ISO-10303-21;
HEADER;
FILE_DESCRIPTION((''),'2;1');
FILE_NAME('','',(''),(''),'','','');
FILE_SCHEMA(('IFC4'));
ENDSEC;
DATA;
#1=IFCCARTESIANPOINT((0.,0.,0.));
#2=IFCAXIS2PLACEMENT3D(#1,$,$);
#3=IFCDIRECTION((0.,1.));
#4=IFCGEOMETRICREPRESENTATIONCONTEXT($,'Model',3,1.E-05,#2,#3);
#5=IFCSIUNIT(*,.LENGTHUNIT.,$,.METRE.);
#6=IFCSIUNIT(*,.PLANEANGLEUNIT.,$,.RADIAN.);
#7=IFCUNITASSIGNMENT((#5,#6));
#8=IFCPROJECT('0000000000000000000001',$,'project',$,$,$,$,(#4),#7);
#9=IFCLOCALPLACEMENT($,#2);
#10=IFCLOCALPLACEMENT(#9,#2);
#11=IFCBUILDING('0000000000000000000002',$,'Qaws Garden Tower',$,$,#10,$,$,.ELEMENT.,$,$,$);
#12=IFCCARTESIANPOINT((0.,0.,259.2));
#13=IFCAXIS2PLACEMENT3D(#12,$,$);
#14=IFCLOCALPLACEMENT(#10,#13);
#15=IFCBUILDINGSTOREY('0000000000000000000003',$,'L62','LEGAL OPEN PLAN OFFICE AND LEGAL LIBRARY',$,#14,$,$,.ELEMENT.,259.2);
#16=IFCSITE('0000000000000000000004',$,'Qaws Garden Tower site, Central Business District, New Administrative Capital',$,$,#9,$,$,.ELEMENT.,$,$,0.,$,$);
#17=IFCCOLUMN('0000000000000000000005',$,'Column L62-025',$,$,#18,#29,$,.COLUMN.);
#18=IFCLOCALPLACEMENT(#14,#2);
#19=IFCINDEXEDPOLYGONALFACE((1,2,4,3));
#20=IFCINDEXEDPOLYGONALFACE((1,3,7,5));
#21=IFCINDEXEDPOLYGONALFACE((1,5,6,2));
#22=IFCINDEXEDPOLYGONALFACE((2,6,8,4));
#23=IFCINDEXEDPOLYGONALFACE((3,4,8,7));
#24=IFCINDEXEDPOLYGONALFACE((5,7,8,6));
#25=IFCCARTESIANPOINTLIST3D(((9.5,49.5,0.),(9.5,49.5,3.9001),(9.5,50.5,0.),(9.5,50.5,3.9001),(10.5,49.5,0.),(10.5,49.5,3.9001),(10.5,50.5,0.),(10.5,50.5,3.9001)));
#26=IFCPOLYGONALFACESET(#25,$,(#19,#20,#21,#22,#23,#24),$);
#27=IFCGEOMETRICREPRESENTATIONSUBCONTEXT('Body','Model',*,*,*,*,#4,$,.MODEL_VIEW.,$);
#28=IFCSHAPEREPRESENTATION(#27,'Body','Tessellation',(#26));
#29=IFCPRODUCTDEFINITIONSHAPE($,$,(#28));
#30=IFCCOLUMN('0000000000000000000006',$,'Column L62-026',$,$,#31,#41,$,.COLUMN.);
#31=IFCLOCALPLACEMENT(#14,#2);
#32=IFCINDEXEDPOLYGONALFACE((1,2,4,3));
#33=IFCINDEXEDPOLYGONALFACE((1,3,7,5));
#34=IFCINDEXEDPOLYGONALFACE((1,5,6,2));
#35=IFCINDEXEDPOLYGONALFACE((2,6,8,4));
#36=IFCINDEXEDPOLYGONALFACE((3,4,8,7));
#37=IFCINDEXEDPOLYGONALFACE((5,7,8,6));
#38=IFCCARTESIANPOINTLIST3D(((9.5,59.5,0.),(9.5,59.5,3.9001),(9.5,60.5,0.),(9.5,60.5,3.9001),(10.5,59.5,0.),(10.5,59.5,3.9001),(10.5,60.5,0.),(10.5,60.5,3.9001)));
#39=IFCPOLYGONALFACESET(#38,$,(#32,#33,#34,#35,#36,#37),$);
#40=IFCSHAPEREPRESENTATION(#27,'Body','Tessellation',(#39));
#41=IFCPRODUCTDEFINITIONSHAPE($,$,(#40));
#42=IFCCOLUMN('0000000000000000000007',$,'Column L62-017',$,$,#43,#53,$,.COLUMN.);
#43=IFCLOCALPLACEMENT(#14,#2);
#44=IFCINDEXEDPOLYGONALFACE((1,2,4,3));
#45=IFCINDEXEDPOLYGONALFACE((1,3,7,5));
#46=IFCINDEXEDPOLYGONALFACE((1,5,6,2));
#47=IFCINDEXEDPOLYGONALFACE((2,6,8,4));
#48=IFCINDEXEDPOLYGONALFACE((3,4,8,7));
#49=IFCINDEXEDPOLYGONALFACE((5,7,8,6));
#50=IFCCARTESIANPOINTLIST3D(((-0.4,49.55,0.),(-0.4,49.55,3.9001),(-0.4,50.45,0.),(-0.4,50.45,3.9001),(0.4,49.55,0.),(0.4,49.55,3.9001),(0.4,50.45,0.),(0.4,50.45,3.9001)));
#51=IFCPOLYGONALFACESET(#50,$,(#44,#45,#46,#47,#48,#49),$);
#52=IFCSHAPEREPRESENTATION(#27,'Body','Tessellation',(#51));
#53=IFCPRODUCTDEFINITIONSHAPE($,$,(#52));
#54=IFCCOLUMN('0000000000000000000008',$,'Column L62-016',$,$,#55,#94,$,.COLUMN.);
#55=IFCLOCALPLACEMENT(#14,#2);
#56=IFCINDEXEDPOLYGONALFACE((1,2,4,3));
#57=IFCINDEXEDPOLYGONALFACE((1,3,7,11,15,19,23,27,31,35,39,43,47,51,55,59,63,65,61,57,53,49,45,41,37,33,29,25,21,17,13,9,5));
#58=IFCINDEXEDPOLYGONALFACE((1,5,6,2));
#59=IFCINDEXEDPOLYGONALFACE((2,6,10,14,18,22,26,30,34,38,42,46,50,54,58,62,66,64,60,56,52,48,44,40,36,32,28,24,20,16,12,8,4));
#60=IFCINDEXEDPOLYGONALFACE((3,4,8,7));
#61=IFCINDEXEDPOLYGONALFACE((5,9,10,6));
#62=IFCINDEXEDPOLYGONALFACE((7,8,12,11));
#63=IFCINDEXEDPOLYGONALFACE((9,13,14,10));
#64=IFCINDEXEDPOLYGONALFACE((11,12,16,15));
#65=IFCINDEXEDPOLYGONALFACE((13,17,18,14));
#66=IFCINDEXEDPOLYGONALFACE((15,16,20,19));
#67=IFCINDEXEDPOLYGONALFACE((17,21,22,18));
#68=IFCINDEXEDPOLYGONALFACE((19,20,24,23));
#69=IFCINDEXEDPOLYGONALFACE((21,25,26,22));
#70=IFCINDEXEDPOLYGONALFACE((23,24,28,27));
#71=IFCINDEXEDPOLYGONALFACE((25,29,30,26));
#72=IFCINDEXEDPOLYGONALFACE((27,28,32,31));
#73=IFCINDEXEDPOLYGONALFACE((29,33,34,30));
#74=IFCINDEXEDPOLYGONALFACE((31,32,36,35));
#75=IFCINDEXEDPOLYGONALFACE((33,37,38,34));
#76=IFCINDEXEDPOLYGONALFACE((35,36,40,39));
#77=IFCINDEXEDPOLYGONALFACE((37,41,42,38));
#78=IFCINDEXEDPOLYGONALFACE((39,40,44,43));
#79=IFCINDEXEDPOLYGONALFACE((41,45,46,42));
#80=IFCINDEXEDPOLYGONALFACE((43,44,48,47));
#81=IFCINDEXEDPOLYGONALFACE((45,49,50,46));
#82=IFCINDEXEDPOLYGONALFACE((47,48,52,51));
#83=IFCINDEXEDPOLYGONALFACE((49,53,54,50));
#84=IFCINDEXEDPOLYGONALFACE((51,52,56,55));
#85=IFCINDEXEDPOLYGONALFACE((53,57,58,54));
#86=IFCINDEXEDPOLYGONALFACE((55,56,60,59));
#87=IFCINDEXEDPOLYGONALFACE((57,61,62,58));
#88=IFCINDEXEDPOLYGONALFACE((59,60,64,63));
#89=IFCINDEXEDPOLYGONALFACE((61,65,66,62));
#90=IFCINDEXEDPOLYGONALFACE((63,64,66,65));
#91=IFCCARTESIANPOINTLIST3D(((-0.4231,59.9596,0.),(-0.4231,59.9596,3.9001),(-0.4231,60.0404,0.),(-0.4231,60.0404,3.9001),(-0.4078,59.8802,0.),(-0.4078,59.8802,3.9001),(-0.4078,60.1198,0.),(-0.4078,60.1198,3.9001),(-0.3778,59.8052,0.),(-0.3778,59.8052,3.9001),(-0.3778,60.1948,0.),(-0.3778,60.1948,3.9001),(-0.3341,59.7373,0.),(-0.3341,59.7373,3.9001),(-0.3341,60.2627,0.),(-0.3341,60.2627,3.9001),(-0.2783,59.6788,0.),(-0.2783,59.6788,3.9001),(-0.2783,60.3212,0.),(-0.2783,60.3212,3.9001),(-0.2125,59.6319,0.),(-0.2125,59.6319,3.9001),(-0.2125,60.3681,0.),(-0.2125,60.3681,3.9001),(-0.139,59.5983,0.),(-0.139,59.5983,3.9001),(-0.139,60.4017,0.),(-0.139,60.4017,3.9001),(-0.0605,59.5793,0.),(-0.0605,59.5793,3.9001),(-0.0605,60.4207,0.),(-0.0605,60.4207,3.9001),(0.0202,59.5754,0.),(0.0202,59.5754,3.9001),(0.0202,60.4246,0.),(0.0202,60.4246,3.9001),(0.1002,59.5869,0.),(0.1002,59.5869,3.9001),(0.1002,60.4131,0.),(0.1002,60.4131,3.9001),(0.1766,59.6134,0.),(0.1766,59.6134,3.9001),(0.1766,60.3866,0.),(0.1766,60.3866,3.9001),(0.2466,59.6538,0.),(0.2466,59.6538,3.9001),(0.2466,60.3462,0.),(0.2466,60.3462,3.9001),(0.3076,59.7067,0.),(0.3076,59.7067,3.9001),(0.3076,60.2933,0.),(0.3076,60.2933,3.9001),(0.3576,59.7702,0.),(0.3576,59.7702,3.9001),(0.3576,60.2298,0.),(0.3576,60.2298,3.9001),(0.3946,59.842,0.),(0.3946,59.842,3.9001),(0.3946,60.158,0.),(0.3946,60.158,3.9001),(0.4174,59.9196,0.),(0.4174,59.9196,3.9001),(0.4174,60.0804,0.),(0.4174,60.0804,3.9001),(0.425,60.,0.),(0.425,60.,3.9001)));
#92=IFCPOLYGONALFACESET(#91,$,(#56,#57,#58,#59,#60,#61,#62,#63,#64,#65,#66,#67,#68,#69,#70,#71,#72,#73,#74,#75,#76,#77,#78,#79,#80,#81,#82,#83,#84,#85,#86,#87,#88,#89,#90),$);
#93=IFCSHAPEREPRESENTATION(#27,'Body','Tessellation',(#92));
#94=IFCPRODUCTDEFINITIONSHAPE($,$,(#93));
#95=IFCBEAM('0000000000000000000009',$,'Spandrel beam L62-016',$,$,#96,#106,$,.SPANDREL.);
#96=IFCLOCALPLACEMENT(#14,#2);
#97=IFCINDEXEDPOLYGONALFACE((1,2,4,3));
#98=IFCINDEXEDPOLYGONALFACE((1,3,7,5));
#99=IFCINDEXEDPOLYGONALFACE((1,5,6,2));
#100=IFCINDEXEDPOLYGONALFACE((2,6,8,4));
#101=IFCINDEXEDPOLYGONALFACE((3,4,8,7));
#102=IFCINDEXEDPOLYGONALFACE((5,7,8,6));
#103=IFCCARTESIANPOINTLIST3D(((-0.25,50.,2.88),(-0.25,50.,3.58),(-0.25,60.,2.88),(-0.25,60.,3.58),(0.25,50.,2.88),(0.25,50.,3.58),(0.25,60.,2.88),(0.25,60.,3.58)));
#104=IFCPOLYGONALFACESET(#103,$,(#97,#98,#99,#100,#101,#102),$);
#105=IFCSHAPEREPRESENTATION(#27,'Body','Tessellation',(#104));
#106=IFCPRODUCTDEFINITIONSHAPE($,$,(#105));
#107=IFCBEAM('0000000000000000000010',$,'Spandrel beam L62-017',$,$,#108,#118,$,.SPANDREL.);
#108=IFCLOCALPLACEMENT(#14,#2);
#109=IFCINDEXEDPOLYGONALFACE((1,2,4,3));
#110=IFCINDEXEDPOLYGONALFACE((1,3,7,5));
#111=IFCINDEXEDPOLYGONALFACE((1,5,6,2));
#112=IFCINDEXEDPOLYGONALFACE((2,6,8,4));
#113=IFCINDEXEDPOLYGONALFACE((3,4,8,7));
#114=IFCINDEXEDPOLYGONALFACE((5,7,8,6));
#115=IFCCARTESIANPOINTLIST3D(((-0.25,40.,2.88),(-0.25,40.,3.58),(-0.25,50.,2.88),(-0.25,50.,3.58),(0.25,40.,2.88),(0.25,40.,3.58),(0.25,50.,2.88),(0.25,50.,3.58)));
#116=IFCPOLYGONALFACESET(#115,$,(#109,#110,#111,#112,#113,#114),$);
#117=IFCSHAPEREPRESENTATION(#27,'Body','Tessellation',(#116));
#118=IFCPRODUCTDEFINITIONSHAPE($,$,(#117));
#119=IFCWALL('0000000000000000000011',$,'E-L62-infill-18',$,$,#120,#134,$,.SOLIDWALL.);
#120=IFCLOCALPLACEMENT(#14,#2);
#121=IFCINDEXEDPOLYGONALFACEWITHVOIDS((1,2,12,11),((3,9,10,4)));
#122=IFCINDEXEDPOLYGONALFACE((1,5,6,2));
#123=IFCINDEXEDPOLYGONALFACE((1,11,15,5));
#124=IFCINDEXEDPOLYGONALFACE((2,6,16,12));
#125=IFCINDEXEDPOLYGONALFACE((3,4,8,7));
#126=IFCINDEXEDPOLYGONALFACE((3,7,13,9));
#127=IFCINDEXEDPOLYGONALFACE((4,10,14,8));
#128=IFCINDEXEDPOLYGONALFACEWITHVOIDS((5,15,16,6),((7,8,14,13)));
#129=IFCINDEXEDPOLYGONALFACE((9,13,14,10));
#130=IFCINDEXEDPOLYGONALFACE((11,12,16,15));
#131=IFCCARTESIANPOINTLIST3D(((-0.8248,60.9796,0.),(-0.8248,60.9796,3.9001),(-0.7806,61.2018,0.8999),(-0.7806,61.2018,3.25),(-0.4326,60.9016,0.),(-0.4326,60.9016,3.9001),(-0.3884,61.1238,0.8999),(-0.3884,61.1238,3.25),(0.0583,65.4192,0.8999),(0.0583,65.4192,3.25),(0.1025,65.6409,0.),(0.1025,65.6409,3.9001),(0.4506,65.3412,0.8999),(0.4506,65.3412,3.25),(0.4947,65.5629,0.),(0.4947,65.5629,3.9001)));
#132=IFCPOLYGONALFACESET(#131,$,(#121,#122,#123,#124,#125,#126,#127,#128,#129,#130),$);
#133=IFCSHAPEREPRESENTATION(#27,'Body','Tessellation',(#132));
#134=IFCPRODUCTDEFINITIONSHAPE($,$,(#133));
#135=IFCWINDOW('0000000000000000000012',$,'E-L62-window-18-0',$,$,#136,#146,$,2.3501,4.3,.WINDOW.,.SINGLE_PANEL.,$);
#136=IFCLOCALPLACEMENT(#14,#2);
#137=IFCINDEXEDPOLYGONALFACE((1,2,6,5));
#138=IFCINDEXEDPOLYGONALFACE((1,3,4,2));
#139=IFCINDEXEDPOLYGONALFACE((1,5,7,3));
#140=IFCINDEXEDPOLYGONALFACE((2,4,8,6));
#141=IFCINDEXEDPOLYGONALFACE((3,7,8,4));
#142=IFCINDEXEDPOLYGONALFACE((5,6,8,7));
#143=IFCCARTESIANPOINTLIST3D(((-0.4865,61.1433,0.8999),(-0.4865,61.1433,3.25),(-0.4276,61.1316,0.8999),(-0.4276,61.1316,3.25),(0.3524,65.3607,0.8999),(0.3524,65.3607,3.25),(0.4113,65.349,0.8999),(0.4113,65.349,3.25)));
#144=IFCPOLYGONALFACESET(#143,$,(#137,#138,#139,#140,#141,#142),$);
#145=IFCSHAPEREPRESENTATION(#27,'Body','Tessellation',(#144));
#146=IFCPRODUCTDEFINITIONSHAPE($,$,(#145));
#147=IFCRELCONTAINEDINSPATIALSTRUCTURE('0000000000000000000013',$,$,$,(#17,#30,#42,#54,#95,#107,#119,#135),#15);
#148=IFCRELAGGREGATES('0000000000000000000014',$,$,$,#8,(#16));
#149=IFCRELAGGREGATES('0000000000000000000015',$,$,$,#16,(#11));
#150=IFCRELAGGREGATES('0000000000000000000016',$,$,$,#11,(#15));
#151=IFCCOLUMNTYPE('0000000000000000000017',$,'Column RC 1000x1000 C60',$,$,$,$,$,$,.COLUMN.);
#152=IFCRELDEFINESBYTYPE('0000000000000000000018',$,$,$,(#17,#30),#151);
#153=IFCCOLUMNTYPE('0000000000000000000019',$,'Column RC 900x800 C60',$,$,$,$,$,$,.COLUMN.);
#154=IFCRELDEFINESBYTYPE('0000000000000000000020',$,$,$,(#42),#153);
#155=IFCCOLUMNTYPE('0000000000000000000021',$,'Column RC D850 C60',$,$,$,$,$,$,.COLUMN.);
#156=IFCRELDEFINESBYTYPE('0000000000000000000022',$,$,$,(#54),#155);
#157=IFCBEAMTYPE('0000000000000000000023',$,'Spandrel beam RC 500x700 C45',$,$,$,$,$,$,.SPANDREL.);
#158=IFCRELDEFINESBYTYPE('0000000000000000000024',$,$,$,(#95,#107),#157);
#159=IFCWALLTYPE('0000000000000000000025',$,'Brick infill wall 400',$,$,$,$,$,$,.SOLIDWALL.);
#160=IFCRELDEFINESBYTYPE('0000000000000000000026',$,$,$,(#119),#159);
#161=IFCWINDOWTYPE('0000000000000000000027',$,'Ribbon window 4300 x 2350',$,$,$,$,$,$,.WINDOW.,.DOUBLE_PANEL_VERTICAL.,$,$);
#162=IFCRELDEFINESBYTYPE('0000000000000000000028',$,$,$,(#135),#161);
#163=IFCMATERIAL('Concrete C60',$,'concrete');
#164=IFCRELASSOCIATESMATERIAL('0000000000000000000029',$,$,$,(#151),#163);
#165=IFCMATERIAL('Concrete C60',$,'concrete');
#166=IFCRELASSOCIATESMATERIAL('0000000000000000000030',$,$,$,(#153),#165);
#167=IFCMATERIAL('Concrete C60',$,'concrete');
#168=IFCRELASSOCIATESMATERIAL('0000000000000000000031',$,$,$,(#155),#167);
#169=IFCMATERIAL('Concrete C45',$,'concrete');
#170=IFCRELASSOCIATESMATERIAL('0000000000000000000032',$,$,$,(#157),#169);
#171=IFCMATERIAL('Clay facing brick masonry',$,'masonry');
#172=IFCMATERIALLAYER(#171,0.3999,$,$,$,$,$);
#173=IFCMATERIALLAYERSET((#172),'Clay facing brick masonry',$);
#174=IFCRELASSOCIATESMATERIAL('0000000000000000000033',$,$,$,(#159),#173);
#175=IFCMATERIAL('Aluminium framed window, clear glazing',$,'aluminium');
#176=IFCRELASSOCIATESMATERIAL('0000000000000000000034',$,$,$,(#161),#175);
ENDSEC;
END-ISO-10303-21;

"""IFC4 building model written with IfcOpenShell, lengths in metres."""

from ifc_helpers import new_model, si_unit, direction, frame, frame_2d, origin, origin_2d, place, context, subcontext, project, spatial, rectangle, circle, extrude, material, layer, layer_set, material_profile, profile_set, type_object, element, fill, save


model = new_model("IFC4")

# Units and contexts
model_context = context("Model", 3, precision=1e-05, world=origin(), true_north=direction((0.0, 1.0)))
body_context = subcontext(model_context, "Body", "Model", "MODEL_VIEW")
ifc_project = project(units=[si_unit("LENGTHUNIT", "METRE"), si_unit("PLANEANGLEUNIT", "RADIAN")], contexts=[model_context])

# Site, building, storey
site_placement = place(None, origin())
site = spatial("IfcSite", under=ifc_project, at=site_placement, Name="Qaws Garden Tower site, Central Business District, New Administrative Capital", CompositionType="ELEMENT", RefElevation=0.0)
building_placement = place(site_placement, origin())
building = spatial("IfcBuilding", under=site, at=building_placement, Name="Qaws Garden Tower", CompositionType="ELEMENT")
storey_placement = place(building_placement, frame((0.0, 0.0, 259.2)))
storey = spatial("IfcBuildingStorey", under=building, at=storey_placement, Name="L62", Description="LEGAL OPEN PLAN OFFICE AND LEGAL LIBRARY", CompositionType="ELEMENT", Elevation=259.2)

# Columns
ifc_material_1 = material(Name="Concrete C60", Category="concrete")
ifc_material_profile_1 = material_profile(ifc_material_1, rectangle(XDim=1.0, YDim=1.0, at=origin_2d()), Name="RC 1000x1000")
ifc_profile_set_1 = profile_set([ifc_material_profile_1], Name="Concrete C60")
column_type_1 = type_object("IfcColumnType", Name="Column RC 1000x1000 C60", PredefinedType="COLUMN", material=ifc_profile_set_1)
for number, where, z_axis, x_axis, name in (
    (1, (10.0, 50.0, 0.0), (0.0, 0.0, 1.0), (1.0, 0.0, 0.0), "Column L62-025"),
    (2, (10.0, 60.0, 0.0), (0.0, 0.0, 1.0), (1.0, 0.0, 0.0), "Column L62-026"),
):
    element("IfcColumn", number, at=place(storey_placement, frame(where, z_axis=z_axis, x_axis=x_axis)), inside=storey, type_object=column_type_1, Name=name, PredefinedType="COLUMN", context=body_context, shape_type="SweptSolid", body=[
        extrude(rectangle(XDim=1.0, YDim=1.0, at=origin_2d()), origin(), (0.0, 0.0, 1.0), 3.9001),
    ])
ifc_material_2 = material(Name="Concrete C60", Category="concrete")
ifc_material_profile_2 = material_profile(ifc_material_2, rectangle(XDim=0.8999, YDim=0.8, at=origin_2d()), Name="RC 900x800")
ifc_profile_set_2 = profile_set([ifc_material_profile_2], Name="Concrete C60")
column_type_2 = type_object("IfcColumnType", Name="Column RC 900x800 C60", PredefinedType="COLUMN", material=ifc_profile_set_2)
column_1_placement = place(storey_placement, frame((0.0, 50.0, 0.0), z_axis=(0.0, 0.0, 1.0), x_axis=(0.0, 1.0, 0.0)))
element("IfcColumn", 3, at=column_1_placement, inside=storey, type_object=column_type_2, Name="Column L62-017", PredefinedType="COLUMN", context=body_context, shape_type="SweptSolid", body=[
    extrude(rectangle(XDim=0.8999, YDim=0.8, at=origin_2d()), origin(), (0.0, 0.0, 1.0), 3.9001),
])
ifc_material_3 = material(Name="Concrete C60", Category="concrete")
ifc_material_profile_3 = material_profile(ifc_material_3, circle(Radius=0.425, at=origin_2d()), Name="RC D850")
ifc_profile_set_3 = profile_set([ifc_material_profile_3], Name="Concrete C60")
column_type_3 = type_object("IfcColumnType", Name="Column RC D850 C60", PredefinedType="COLUMN", material=ifc_profile_set_3)
column_2_placement = place(storey_placement, frame((0.0, 60.0, 0.0), z_axis=(0.0, 0.0, 1.0), x_axis=(1.0, 0.0, 0.0)))
element("IfcColumn", 4, at=column_2_placement, inside=storey, type_object=column_type_3, Name="Column L62-016", PredefinedType="COLUMN", context=body_context, shape_type="SweptSolid", body=[
    extrude(circle(Radius=0.425, at=origin_2d()), origin(), (0.0, 0.0, 1.0), 3.9001),
])

# Beams
ifc_material_4 = material(Name="Concrete C45", Category="concrete")
ifc_material_profile_4 = material_profile(ifc_material_4, rectangle(XDim=0.5, YDim=0.7, at=origin_2d()), Name="RC 500x700")
ifc_profile_set_4 = profile_set([ifc_material_profile_4], Name="Concrete C45")
beam_type = type_object("IfcBeamType", Name="Spandrel beam RC 500x700 C45", PredefinedType="SPANDREL", material=ifc_profile_set_4)
for number, where, z_axis, x_axis, name in (
    (5, (0.0, 60.0, 3.23), (0.0, -1.0, 0.0), (1.0, 0.0, 0.0), "Spandrel beam L62-016"),
    (6, (0.0, 50.0, 3.23), (0.0, -1.0, 0.0), (1.0, 0.0, 0.0), "Spandrel beam L62-017"),
):
    element("IfcBeam", number, at=place(storey_placement, frame(where, z_axis=z_axis, x_axis=x_axis)), inside=storey, type_object=beam_type, Name=name, PredefinedType="SPANDREL", context=body_context, shape_type="SweptSolid", body=[
        extrude(rectangle(XDim=0.5, YDim=0.7, at=origin_2d()), origin(), (0.0, 0.0, 1.0), 10.0),
    ])

# Wall, opening, window
ifc_material_5 = material(Name="Clay facing brick masonry", Category="masonry")
ifc_layer_1 = layer(ifc_material_5, 0.3999)
ifc_layer_set_1 = layer_set([ifc_layer_1], Name="Clay facing brick masonry")
wall_type_1 = type_object("IfcWallType", Name="Brick infill wall 400", PredefinedType="SOLIDWALL", material=ifc_layer_set_1)
wall_1_placement = place(storey_placement, frame((0.2986, 65.6021, 0.0), z_axis=(0.0, 0.0, 1.0), x_axis=(-0.195099, -0.980784, 0.0)))
wall_1 = element("IfcWall", 7, at=wall_1_placement, inside=storey, type_object=wall_type_1, Name="E-L62-infill-18", PredefinedType="SOLIDWALL", context=body_context, shape_type="SweptSolid", body=[
    extrude(rectangle(XDim=4.7527, YDim=0.3999, at=frame_2d((2.3765, 0.0))), origin(), (0.0, 0.0, 1.0), 3.9001),
])
opening_1_placement = place(wall_1_placement, frame((0.2263, 0.0, 0.8999)))
opening_1 = element("IfcOpeningElement", 8, at=opening_1_placement, cuts=wall_1, PredefinedType="OPENING", context=body_context, shape_type="SweptSolid", body=[
    extrude(rectangle(XDim=4.3, YDim=2.3501, at=frame_2d((2.1499, 1.175))), frame((0.0, 0.21, 0.0), z_axis=(0.0, -1.0, 0.0), x_axis=(1.0, 0.0, 0.0)), (0.0, 0.0, 1.0), 0.4199),
])
ifc_material_6 = material(Name="Aluminium framed window, clear glazing", Category="aluminium")
window_type_1 = type_object("IfcWindowType", Name="Ribbon window 4300 x 2350", PartitioningType="DOUBLE_PANEL_VERTICAL", PredefinedType="WINDOW", material=ifc_material_6)
window_1_placement = place(opening_1_placement, origin())
window_1 = element("IfcWindow", 9, at=window_1_placement, inside=storey, type_object=window_type_1, Name="E-L62-window-18-0", OverallHeight=2.3501, OverallWidth=4.3, PartitioningType="SINGLE_PANEL", PredefinedType="WINDOW", context=body_context, shape_type="SweptSolid", body=[
    extrude(rectangle(XDim=4.3, YDim=2.3501, at=frame_2d((2.1499, 1.175))), frame((0.0, 0.1599, 0.0), z_axis=(0.0, -1.0, 0.0), x_axis=(1.0, 0.0, 0.0)), (0.0, 0.0, 1.0), 0.0601),
])
fill(opening_1, window_1)

save(model, "model.ifc")
